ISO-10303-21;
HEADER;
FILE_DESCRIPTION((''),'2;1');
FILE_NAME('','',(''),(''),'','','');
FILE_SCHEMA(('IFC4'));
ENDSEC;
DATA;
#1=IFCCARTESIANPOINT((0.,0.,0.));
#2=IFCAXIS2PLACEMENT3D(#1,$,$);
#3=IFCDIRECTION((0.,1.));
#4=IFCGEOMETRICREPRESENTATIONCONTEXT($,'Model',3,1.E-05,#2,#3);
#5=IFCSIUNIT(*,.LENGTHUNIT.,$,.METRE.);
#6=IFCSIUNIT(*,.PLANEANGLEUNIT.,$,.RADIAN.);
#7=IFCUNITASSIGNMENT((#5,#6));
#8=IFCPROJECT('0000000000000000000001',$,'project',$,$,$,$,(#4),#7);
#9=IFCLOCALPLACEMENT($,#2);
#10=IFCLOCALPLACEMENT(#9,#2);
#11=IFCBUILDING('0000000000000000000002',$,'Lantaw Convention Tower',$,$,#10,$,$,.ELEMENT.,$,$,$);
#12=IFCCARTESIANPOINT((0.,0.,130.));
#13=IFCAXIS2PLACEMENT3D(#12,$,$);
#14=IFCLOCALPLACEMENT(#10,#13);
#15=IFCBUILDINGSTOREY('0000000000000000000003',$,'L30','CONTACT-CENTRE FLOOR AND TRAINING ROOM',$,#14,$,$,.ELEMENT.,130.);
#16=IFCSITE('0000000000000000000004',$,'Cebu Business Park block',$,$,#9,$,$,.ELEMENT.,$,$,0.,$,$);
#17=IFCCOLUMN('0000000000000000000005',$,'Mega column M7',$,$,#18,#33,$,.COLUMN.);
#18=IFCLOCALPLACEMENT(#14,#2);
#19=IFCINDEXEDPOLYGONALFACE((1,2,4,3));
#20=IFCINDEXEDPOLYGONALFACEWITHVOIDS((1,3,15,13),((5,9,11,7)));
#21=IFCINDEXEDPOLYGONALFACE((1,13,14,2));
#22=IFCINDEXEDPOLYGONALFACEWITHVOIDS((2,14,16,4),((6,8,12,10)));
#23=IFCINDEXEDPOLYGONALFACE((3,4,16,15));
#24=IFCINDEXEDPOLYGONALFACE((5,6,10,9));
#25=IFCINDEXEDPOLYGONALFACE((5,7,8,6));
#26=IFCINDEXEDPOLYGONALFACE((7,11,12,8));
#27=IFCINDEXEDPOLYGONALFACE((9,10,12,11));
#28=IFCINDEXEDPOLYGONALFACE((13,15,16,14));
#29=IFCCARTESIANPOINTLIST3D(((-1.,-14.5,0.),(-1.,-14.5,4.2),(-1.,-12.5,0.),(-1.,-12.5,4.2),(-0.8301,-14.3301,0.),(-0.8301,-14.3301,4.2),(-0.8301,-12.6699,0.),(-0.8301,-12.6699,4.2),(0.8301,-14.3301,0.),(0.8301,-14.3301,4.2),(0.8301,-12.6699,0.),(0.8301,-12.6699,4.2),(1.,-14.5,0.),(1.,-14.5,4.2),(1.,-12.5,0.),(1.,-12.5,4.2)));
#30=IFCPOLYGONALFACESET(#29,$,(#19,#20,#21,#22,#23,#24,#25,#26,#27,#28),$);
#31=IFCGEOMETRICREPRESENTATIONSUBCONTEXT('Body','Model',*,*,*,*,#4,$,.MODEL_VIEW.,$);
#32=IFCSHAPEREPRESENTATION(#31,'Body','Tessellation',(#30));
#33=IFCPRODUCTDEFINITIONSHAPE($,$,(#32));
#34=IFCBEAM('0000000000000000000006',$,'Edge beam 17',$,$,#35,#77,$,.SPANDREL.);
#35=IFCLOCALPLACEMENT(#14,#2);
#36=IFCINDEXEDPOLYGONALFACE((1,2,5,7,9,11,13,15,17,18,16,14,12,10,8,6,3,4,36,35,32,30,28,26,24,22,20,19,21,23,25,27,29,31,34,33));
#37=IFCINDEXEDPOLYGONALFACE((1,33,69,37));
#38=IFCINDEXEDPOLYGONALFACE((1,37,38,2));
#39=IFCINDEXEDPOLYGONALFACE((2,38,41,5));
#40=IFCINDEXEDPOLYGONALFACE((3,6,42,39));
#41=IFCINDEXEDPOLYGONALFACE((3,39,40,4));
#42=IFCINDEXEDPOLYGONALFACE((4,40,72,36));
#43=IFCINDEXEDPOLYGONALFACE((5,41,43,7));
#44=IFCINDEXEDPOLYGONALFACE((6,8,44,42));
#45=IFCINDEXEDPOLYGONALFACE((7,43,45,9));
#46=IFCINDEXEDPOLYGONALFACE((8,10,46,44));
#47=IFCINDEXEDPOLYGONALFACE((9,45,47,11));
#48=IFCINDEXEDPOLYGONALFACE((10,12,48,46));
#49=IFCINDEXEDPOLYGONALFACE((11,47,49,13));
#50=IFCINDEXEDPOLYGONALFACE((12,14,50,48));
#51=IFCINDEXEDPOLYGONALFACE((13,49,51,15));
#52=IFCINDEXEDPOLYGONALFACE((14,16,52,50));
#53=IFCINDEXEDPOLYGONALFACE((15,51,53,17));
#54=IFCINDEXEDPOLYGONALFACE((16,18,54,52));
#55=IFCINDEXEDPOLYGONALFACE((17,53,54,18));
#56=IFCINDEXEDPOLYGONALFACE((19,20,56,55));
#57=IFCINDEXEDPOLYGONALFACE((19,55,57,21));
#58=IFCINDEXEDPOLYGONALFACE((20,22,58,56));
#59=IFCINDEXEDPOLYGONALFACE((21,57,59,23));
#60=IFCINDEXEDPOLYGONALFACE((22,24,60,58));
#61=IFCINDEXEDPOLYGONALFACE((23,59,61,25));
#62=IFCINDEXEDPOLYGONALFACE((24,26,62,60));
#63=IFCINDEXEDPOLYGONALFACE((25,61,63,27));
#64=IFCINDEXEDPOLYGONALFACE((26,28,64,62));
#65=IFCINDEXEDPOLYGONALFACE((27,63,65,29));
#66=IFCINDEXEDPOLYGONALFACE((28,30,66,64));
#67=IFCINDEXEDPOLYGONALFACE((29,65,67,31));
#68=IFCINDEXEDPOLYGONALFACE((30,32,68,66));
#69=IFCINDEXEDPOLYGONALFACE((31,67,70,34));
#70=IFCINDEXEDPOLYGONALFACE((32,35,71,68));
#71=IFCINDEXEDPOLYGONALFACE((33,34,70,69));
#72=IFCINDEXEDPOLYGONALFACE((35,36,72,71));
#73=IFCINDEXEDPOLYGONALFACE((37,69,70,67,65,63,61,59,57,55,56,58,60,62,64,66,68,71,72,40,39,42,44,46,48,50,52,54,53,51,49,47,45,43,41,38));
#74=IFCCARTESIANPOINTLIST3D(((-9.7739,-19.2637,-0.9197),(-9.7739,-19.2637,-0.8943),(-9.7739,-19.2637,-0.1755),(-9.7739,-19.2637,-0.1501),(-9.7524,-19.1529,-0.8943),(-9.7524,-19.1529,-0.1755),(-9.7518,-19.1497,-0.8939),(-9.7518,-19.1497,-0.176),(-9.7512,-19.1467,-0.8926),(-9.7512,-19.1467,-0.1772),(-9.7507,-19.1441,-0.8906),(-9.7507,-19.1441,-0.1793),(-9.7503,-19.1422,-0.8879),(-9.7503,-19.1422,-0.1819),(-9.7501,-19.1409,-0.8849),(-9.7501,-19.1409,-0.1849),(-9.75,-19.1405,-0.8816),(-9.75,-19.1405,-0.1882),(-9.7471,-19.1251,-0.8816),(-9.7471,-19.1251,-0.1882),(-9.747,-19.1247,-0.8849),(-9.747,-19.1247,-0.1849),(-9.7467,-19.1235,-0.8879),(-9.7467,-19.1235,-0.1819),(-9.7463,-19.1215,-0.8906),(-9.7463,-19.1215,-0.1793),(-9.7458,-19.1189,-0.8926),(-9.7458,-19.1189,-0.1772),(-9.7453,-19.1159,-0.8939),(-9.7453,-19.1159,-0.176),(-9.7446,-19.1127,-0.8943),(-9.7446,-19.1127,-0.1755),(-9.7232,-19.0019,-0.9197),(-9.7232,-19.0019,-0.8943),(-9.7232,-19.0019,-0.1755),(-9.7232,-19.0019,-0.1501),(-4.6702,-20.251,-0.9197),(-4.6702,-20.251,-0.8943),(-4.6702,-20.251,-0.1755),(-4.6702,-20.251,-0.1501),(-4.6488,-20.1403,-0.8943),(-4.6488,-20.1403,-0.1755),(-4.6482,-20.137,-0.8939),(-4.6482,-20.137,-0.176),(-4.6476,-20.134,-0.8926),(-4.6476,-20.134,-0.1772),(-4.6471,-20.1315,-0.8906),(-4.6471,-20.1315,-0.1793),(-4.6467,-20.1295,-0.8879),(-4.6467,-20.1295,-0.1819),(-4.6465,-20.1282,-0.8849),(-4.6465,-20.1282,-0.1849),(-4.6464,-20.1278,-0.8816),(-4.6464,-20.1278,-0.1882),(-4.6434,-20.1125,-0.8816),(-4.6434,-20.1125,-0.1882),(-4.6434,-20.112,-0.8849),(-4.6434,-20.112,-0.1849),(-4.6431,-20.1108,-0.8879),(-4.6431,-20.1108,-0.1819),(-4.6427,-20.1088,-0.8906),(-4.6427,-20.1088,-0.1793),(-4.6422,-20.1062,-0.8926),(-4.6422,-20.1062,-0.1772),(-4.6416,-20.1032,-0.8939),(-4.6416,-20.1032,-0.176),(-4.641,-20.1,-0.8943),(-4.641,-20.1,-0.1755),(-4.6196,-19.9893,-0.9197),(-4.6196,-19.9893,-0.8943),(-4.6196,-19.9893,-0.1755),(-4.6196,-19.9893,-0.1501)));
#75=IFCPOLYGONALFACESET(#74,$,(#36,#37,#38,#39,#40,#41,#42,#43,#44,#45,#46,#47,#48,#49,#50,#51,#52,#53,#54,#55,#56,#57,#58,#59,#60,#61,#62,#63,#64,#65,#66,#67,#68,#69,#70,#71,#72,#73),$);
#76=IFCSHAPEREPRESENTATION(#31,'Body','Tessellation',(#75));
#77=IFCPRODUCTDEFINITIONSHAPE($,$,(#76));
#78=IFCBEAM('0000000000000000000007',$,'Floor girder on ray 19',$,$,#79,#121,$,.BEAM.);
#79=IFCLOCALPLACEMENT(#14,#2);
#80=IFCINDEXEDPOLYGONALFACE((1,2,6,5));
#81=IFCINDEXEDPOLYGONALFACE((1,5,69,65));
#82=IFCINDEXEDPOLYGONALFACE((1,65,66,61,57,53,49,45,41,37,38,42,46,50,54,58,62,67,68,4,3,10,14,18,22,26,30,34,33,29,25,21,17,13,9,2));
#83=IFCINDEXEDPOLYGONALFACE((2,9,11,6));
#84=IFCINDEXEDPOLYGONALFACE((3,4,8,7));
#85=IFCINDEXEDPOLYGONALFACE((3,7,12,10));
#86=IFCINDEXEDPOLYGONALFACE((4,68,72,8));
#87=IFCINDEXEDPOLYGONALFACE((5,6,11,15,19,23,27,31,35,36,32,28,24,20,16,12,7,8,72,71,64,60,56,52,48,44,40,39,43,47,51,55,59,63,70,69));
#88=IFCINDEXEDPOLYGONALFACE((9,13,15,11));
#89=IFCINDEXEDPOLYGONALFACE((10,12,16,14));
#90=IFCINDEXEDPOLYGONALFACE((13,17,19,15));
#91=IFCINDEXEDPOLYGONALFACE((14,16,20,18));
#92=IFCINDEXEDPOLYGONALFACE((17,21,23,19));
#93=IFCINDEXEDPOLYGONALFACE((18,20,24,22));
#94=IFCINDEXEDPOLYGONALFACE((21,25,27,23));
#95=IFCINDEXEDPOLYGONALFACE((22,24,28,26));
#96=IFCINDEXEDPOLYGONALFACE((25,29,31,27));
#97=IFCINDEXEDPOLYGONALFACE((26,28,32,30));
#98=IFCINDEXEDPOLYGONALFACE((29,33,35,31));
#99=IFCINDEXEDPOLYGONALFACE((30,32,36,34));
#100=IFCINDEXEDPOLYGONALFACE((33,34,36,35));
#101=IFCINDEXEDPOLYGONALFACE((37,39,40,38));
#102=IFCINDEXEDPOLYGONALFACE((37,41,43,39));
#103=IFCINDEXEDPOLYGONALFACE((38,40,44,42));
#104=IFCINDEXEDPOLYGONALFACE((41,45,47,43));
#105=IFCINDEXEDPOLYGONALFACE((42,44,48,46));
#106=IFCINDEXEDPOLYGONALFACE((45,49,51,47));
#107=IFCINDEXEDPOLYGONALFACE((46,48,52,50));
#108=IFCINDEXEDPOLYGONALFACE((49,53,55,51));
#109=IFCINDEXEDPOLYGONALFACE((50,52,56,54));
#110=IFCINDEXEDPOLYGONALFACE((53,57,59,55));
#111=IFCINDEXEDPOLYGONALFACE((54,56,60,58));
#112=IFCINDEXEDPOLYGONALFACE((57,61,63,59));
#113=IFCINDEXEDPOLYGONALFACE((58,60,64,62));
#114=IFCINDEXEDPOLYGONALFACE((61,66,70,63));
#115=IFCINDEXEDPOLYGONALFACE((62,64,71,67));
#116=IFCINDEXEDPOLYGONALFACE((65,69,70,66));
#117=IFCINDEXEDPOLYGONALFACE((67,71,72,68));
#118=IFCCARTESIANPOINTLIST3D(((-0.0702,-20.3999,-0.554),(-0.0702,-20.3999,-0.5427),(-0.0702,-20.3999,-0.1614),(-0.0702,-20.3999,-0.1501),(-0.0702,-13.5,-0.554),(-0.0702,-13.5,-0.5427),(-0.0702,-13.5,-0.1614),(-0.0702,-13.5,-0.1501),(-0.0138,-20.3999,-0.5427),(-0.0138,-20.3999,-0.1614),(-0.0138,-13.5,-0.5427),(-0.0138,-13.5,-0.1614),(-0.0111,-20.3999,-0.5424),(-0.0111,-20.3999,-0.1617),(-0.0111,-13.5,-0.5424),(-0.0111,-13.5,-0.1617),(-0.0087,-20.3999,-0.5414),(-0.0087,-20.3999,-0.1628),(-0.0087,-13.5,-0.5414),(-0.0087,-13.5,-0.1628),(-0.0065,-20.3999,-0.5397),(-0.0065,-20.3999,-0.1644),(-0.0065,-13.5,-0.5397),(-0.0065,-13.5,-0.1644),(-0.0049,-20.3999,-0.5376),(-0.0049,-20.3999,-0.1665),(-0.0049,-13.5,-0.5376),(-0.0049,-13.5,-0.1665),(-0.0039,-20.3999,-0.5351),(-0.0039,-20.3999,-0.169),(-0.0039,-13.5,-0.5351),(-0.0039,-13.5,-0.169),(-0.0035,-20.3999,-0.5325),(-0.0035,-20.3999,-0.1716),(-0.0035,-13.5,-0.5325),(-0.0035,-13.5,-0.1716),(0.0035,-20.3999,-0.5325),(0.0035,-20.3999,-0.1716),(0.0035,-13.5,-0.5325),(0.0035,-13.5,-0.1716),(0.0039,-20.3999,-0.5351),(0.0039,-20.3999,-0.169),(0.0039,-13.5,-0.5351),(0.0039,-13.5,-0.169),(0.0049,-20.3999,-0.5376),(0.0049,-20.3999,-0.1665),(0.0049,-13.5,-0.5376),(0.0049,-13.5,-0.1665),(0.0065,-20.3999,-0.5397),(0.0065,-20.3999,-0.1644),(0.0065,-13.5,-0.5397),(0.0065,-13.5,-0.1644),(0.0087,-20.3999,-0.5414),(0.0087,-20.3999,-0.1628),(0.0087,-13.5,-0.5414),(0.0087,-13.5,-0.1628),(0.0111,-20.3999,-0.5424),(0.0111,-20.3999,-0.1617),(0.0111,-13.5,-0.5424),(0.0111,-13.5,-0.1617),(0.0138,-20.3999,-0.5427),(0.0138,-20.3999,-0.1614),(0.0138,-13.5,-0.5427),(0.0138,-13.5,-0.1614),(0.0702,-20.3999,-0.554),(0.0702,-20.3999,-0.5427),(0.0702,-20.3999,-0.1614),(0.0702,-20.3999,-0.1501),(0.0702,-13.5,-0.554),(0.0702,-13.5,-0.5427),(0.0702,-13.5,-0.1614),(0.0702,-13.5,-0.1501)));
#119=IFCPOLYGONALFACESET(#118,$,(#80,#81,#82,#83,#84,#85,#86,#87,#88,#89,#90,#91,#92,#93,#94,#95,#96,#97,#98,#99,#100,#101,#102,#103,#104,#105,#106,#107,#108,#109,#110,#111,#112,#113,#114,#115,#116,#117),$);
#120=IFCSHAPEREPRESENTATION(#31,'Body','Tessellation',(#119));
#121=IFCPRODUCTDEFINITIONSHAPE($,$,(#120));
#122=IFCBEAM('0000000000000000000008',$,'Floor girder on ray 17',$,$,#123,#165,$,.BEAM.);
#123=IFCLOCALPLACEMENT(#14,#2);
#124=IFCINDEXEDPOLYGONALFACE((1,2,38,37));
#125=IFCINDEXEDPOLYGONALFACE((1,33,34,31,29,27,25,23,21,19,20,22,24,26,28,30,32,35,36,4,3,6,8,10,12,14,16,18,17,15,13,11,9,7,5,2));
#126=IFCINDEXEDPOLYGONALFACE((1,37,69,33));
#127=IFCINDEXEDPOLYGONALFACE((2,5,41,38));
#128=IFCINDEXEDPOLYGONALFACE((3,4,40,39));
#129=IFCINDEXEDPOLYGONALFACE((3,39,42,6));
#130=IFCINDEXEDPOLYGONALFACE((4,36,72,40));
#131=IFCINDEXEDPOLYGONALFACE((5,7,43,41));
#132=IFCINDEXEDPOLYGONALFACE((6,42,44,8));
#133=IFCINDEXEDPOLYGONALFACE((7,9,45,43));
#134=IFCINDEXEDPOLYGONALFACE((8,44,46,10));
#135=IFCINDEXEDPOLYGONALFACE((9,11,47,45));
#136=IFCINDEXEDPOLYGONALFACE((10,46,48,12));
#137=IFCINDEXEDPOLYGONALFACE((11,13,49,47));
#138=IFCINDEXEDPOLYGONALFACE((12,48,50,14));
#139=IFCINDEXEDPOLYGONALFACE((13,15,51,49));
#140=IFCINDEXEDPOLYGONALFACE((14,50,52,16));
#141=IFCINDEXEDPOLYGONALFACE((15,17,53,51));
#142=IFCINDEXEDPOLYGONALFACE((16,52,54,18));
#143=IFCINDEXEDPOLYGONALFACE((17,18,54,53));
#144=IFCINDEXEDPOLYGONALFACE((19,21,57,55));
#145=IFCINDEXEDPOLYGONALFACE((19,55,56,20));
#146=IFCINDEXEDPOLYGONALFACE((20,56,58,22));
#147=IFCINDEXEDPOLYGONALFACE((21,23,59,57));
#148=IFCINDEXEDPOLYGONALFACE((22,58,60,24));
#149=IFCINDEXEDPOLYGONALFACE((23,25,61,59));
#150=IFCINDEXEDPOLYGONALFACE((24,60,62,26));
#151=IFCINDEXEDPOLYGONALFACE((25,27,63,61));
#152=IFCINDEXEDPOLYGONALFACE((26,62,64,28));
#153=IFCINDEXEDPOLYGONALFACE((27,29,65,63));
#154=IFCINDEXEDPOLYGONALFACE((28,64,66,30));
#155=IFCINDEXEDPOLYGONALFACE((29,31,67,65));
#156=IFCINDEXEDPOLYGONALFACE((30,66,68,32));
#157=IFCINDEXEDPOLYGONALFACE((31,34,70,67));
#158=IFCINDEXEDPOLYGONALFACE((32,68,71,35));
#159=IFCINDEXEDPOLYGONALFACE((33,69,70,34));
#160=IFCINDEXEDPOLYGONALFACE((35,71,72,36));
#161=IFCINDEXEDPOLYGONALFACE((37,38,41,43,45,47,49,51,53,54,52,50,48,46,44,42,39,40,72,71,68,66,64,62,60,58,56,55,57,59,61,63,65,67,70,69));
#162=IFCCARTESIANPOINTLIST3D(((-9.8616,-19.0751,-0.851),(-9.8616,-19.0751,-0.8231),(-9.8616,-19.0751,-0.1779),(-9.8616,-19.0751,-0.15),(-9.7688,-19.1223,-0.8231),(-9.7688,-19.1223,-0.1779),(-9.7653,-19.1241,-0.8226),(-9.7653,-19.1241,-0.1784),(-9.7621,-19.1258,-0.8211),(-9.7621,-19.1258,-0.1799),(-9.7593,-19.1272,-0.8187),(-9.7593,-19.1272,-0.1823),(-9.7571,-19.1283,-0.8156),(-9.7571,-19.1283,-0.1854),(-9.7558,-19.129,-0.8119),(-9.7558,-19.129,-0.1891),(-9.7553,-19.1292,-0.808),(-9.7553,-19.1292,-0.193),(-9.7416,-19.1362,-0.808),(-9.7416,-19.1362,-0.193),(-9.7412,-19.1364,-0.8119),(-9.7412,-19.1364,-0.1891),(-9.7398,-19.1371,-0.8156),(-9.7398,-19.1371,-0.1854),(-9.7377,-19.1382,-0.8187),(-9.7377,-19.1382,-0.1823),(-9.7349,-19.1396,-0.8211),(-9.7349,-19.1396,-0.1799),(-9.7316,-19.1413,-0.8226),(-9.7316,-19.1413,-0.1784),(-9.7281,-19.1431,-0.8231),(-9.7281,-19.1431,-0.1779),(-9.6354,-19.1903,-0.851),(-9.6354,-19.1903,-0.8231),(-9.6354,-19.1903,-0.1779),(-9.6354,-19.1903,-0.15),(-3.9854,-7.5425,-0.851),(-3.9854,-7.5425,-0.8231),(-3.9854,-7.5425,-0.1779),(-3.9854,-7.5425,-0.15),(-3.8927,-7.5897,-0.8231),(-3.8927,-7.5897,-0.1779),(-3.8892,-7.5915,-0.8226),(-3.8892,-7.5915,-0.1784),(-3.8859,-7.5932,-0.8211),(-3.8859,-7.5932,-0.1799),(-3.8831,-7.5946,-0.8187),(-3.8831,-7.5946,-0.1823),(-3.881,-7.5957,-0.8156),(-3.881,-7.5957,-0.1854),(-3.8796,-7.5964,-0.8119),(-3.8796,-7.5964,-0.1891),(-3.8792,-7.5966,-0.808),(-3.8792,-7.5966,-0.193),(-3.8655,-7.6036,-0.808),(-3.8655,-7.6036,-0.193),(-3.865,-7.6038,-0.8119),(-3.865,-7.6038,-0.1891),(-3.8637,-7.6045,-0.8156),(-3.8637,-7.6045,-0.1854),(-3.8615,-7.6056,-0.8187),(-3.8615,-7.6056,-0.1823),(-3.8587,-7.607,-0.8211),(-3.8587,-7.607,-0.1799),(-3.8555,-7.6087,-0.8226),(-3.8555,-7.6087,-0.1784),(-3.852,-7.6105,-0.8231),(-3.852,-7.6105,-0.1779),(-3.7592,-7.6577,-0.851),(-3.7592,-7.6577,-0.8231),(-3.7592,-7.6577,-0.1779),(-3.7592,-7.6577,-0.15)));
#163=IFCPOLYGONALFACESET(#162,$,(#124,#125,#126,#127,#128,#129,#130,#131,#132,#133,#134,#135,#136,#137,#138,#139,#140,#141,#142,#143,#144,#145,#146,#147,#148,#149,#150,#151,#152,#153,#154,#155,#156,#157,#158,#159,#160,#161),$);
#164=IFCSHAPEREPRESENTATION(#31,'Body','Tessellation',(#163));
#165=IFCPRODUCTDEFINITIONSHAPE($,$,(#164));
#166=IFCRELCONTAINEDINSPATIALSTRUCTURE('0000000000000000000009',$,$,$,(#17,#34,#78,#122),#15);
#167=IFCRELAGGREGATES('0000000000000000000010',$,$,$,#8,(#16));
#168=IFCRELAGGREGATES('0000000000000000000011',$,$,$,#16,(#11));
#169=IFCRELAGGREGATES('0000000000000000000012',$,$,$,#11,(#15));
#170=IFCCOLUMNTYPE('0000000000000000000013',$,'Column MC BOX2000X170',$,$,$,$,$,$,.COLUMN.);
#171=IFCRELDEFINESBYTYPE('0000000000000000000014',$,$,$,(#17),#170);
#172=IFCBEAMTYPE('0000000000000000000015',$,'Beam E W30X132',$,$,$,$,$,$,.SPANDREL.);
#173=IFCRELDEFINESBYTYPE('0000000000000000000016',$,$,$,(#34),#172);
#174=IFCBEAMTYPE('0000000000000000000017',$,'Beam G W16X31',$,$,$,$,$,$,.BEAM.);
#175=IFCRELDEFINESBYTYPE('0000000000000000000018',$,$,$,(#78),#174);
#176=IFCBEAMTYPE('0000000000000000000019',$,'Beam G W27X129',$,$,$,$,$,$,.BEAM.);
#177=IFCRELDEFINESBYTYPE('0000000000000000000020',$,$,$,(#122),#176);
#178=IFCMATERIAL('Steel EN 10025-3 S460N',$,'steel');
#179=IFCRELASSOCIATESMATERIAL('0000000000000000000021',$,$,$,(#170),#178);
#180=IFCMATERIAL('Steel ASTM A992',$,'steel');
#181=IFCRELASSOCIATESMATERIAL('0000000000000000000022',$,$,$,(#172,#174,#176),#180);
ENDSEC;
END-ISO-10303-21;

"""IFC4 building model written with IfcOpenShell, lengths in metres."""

from ifc_helpers import new_model, si_unit, direction, frame, origin, origin_2d, place, context, subcontext, project, spatial, rectangle, hollow_rectangle, i_section, extrude, material, material_profile, profile_set, type_object, element, save


model = new_model("IFC4")

# Units and contexts
model_context = context("Model", 3, precision=1e-05, world=origin(), true_north=direction((0.0, 1.0)))
body_context = subcontext(model_context, "Body", "Model", "MODEL_VIEW")
ifc_project = project(units=[si_unit("LENGTHUNIT", "METRE"), si_unit("PLANEANGLEUNIT", "RADIAN")], contexts=[model_context])

# Site, building, storey
site_placement = place(None, origin())
site = spatial("IfcSite", under=ifc_project, at=site_placement, Name="Cebu Business Park block", CompositionType="ELEMENT", RefElevation=0.0)
building_placement = place(site_placement, origin())
building = spatial("IfcBuilding", under=site, at=building_placement, Name="Lantaw Convention Tower", CompositionType="ELEMENT")
storey_placement = place(building_placement, frame((0.0, 0.0, 130.0)))
storey = spatial("IfcBuildingStorey", under=building, at=storey_placement, Name="L30", Description="CONTACT-CENTRE FLOOR AND TRAINING ROOM", CompositionType="ELEMENT", Elevation=130.0)

# Column
ifc_material_1 = material(Name="Steel EN 10025-3 S460N", Category="steel")
ifc_material_profile_1 = material_profile(ifc_material_1, hollow_rectangle(XDim=2.0, YDim=2.0, WallThickness=0.1699, at=origin_2d()), Name="BOX2000X170")
ifc_material_2 = material(Name="Concrete C60/75", Category="concrete")
ifc_material_profile_2 = material_profile(ifc_material_2, rectangle(XDim=1.6599, YDim=1.6599, at=origin_2d()), Name="Concrete fill of BOX2000X170")
ifc_profile_set_1 = profile_set([ifc_material_profile_1, ifc_material_profile_2], Name="Steel EN 10025-3 S460N")
column_type = type_object("IfcColumnType", Name="Column MC BOX2000X170", PredefinedType="COLUMN", material=ifc_profile_set_1)
column_placement = place(storey_placement, frame((0.0, -13.5, 0.0), z_axis=(0.0, 0.0, 1.0), x_axis=(1.0, 0.0, 0.0)))
element("IfcColumn", 1, at=column_placement, inside=storey, type_object=column_type, Name="Mega column M7", PredefinedType="COLUMN", context=body_context, shape_type="SweptSolid", body=[
    extrude(hollow_rectangle(XDim=2.0, YDim=2.0, WallThickness=0.1699, at=origin_2d()), origin(), (0.0, 0.0, 1.0), 4.2),
])

# Beams
ifc_material_3 = material(Name="Steel ASTM A992", Category="steel")
ifc_material_profile_3 = material_profile(ifc_material_3, i_section(OverallWidth=0.2666, OverallDepth=0.7695, WebThickness=0.0156, FlangeThickness=0.0254, FilletRadius=0.0127, at=origin_2d()), Name="W30X132")
ifc_profile_set_2 = profile_set([ifc_material_profile_3], Name="Steel ASTM A992")
beam_type_1 = type_object("IfcBeamType", Name="Beam E W30X132", PredefinedType="SPANDREL", material=ifc_profile_set_2)
beam_1_placement = place(storey_placement, frame((-9.7485, -19.1328, -0.5349), z_axis=(0.981797, -0.189934, 0.0), x_axis=(0.189934, 0.981797, 0.0)))
element("IfcBeam", 2, at=beam_1_placement, inside=storey, type_object=beam_type_1, Name="Edge beam 17", PredefinedType="SPANDREL", context=body_context, shape_type="SweptSolid", body=[
    extrude(i_section(OverallWidth=0.2666, OverallDepth=0.7695, WebThickness=0.0156, FlangeThickness=0.0254, FilletRadius=0.0127, at=origin_2d()), origin(), (0.0, 0.0, 1.0), 5.1982),
])
ifc_material_profile_4 = material_profile(ifc_material_3, i_section(OverallWidth=0.1404, OverallDepth=0.4038, WebThickness=0.0071, FlangeThickness=0.0112, FilletRadius=0.0103, at=origin_2d()), Name="W16X31")
ifc_profile_set_3 = profile_set([ifc_material_profile_4], Name="Steel ASTM A992")
beam_type_2 = type_object("IfcBeamType", Name="Beam G W16X31", PredefinedType="BEAM", material=ifc_profile_set_3)
beam_2_placement = place(storey_placement, frame((0.0, -13.5, -0.3521), z_axis=(0.0, -1.0, 0.0), x_axis=(1.0, 0.0, 0.0)))
element("IfcBeam", 3, at=beam_2_placement, inside=storey, type_object=beam_type_2, Name="Floor girder on ray 19", PredefinedType="BEAM", context=body_context, shape_type="SweptSolid", body=[
    extrude(i_section(OverallWidth=0.1404, OverallDepth=0.4038, WebThickness=0.0071, FlangeThickness=0.0112, FilletRadius=0.0103, at=origin_2d()), origin(), (0.0, 0.0, 1.0), 6.8999),
])
ifc_material_profile_5 = material_profile(ifc_material_3, i_section(OverallWidth=0.2539, OverallDepth=0.7009, WebThickness=0.0154, FlangeThickness=0.0278, FilletRadius=0.0151, at=origin_2d()), Name="W27X129")
ifc_profile_set_4 = profile_set([ifc_material_profile_5], Name="Steel ASTM A992")
beam_type_3 = type_object("IfcBeamType", Name="Beam G W27X129", PredefinedType="BEAM", material=ifc_profile_set_4)
beam_3_placement = place(storey_placement, frame((-3.8723, -7.6001, -0.5005), z_axis=(-0.453991, -0.891006, 0.0), x_axis=(0.891006, -0.453991, 0.0)))
element("IfcBeam", 4, at=beam_3_placement, inside=storey, type_object=beam_type_3, Name="Floor girder on ray 17", PredefinedType="BEAM", context=body_context, shape_type="SweptSolid", body=[
    extrude(i_section(OverallWidth=0.2539, OverallDepth=0.7009, WebThickness=0.0154, FlangeThickness=0.0278, FilletRadius=0.0151, at=origin_2d()), origin(), (0.0, 0.0, 1.0), 12.9434),
])

save(model, "model.ifc")
